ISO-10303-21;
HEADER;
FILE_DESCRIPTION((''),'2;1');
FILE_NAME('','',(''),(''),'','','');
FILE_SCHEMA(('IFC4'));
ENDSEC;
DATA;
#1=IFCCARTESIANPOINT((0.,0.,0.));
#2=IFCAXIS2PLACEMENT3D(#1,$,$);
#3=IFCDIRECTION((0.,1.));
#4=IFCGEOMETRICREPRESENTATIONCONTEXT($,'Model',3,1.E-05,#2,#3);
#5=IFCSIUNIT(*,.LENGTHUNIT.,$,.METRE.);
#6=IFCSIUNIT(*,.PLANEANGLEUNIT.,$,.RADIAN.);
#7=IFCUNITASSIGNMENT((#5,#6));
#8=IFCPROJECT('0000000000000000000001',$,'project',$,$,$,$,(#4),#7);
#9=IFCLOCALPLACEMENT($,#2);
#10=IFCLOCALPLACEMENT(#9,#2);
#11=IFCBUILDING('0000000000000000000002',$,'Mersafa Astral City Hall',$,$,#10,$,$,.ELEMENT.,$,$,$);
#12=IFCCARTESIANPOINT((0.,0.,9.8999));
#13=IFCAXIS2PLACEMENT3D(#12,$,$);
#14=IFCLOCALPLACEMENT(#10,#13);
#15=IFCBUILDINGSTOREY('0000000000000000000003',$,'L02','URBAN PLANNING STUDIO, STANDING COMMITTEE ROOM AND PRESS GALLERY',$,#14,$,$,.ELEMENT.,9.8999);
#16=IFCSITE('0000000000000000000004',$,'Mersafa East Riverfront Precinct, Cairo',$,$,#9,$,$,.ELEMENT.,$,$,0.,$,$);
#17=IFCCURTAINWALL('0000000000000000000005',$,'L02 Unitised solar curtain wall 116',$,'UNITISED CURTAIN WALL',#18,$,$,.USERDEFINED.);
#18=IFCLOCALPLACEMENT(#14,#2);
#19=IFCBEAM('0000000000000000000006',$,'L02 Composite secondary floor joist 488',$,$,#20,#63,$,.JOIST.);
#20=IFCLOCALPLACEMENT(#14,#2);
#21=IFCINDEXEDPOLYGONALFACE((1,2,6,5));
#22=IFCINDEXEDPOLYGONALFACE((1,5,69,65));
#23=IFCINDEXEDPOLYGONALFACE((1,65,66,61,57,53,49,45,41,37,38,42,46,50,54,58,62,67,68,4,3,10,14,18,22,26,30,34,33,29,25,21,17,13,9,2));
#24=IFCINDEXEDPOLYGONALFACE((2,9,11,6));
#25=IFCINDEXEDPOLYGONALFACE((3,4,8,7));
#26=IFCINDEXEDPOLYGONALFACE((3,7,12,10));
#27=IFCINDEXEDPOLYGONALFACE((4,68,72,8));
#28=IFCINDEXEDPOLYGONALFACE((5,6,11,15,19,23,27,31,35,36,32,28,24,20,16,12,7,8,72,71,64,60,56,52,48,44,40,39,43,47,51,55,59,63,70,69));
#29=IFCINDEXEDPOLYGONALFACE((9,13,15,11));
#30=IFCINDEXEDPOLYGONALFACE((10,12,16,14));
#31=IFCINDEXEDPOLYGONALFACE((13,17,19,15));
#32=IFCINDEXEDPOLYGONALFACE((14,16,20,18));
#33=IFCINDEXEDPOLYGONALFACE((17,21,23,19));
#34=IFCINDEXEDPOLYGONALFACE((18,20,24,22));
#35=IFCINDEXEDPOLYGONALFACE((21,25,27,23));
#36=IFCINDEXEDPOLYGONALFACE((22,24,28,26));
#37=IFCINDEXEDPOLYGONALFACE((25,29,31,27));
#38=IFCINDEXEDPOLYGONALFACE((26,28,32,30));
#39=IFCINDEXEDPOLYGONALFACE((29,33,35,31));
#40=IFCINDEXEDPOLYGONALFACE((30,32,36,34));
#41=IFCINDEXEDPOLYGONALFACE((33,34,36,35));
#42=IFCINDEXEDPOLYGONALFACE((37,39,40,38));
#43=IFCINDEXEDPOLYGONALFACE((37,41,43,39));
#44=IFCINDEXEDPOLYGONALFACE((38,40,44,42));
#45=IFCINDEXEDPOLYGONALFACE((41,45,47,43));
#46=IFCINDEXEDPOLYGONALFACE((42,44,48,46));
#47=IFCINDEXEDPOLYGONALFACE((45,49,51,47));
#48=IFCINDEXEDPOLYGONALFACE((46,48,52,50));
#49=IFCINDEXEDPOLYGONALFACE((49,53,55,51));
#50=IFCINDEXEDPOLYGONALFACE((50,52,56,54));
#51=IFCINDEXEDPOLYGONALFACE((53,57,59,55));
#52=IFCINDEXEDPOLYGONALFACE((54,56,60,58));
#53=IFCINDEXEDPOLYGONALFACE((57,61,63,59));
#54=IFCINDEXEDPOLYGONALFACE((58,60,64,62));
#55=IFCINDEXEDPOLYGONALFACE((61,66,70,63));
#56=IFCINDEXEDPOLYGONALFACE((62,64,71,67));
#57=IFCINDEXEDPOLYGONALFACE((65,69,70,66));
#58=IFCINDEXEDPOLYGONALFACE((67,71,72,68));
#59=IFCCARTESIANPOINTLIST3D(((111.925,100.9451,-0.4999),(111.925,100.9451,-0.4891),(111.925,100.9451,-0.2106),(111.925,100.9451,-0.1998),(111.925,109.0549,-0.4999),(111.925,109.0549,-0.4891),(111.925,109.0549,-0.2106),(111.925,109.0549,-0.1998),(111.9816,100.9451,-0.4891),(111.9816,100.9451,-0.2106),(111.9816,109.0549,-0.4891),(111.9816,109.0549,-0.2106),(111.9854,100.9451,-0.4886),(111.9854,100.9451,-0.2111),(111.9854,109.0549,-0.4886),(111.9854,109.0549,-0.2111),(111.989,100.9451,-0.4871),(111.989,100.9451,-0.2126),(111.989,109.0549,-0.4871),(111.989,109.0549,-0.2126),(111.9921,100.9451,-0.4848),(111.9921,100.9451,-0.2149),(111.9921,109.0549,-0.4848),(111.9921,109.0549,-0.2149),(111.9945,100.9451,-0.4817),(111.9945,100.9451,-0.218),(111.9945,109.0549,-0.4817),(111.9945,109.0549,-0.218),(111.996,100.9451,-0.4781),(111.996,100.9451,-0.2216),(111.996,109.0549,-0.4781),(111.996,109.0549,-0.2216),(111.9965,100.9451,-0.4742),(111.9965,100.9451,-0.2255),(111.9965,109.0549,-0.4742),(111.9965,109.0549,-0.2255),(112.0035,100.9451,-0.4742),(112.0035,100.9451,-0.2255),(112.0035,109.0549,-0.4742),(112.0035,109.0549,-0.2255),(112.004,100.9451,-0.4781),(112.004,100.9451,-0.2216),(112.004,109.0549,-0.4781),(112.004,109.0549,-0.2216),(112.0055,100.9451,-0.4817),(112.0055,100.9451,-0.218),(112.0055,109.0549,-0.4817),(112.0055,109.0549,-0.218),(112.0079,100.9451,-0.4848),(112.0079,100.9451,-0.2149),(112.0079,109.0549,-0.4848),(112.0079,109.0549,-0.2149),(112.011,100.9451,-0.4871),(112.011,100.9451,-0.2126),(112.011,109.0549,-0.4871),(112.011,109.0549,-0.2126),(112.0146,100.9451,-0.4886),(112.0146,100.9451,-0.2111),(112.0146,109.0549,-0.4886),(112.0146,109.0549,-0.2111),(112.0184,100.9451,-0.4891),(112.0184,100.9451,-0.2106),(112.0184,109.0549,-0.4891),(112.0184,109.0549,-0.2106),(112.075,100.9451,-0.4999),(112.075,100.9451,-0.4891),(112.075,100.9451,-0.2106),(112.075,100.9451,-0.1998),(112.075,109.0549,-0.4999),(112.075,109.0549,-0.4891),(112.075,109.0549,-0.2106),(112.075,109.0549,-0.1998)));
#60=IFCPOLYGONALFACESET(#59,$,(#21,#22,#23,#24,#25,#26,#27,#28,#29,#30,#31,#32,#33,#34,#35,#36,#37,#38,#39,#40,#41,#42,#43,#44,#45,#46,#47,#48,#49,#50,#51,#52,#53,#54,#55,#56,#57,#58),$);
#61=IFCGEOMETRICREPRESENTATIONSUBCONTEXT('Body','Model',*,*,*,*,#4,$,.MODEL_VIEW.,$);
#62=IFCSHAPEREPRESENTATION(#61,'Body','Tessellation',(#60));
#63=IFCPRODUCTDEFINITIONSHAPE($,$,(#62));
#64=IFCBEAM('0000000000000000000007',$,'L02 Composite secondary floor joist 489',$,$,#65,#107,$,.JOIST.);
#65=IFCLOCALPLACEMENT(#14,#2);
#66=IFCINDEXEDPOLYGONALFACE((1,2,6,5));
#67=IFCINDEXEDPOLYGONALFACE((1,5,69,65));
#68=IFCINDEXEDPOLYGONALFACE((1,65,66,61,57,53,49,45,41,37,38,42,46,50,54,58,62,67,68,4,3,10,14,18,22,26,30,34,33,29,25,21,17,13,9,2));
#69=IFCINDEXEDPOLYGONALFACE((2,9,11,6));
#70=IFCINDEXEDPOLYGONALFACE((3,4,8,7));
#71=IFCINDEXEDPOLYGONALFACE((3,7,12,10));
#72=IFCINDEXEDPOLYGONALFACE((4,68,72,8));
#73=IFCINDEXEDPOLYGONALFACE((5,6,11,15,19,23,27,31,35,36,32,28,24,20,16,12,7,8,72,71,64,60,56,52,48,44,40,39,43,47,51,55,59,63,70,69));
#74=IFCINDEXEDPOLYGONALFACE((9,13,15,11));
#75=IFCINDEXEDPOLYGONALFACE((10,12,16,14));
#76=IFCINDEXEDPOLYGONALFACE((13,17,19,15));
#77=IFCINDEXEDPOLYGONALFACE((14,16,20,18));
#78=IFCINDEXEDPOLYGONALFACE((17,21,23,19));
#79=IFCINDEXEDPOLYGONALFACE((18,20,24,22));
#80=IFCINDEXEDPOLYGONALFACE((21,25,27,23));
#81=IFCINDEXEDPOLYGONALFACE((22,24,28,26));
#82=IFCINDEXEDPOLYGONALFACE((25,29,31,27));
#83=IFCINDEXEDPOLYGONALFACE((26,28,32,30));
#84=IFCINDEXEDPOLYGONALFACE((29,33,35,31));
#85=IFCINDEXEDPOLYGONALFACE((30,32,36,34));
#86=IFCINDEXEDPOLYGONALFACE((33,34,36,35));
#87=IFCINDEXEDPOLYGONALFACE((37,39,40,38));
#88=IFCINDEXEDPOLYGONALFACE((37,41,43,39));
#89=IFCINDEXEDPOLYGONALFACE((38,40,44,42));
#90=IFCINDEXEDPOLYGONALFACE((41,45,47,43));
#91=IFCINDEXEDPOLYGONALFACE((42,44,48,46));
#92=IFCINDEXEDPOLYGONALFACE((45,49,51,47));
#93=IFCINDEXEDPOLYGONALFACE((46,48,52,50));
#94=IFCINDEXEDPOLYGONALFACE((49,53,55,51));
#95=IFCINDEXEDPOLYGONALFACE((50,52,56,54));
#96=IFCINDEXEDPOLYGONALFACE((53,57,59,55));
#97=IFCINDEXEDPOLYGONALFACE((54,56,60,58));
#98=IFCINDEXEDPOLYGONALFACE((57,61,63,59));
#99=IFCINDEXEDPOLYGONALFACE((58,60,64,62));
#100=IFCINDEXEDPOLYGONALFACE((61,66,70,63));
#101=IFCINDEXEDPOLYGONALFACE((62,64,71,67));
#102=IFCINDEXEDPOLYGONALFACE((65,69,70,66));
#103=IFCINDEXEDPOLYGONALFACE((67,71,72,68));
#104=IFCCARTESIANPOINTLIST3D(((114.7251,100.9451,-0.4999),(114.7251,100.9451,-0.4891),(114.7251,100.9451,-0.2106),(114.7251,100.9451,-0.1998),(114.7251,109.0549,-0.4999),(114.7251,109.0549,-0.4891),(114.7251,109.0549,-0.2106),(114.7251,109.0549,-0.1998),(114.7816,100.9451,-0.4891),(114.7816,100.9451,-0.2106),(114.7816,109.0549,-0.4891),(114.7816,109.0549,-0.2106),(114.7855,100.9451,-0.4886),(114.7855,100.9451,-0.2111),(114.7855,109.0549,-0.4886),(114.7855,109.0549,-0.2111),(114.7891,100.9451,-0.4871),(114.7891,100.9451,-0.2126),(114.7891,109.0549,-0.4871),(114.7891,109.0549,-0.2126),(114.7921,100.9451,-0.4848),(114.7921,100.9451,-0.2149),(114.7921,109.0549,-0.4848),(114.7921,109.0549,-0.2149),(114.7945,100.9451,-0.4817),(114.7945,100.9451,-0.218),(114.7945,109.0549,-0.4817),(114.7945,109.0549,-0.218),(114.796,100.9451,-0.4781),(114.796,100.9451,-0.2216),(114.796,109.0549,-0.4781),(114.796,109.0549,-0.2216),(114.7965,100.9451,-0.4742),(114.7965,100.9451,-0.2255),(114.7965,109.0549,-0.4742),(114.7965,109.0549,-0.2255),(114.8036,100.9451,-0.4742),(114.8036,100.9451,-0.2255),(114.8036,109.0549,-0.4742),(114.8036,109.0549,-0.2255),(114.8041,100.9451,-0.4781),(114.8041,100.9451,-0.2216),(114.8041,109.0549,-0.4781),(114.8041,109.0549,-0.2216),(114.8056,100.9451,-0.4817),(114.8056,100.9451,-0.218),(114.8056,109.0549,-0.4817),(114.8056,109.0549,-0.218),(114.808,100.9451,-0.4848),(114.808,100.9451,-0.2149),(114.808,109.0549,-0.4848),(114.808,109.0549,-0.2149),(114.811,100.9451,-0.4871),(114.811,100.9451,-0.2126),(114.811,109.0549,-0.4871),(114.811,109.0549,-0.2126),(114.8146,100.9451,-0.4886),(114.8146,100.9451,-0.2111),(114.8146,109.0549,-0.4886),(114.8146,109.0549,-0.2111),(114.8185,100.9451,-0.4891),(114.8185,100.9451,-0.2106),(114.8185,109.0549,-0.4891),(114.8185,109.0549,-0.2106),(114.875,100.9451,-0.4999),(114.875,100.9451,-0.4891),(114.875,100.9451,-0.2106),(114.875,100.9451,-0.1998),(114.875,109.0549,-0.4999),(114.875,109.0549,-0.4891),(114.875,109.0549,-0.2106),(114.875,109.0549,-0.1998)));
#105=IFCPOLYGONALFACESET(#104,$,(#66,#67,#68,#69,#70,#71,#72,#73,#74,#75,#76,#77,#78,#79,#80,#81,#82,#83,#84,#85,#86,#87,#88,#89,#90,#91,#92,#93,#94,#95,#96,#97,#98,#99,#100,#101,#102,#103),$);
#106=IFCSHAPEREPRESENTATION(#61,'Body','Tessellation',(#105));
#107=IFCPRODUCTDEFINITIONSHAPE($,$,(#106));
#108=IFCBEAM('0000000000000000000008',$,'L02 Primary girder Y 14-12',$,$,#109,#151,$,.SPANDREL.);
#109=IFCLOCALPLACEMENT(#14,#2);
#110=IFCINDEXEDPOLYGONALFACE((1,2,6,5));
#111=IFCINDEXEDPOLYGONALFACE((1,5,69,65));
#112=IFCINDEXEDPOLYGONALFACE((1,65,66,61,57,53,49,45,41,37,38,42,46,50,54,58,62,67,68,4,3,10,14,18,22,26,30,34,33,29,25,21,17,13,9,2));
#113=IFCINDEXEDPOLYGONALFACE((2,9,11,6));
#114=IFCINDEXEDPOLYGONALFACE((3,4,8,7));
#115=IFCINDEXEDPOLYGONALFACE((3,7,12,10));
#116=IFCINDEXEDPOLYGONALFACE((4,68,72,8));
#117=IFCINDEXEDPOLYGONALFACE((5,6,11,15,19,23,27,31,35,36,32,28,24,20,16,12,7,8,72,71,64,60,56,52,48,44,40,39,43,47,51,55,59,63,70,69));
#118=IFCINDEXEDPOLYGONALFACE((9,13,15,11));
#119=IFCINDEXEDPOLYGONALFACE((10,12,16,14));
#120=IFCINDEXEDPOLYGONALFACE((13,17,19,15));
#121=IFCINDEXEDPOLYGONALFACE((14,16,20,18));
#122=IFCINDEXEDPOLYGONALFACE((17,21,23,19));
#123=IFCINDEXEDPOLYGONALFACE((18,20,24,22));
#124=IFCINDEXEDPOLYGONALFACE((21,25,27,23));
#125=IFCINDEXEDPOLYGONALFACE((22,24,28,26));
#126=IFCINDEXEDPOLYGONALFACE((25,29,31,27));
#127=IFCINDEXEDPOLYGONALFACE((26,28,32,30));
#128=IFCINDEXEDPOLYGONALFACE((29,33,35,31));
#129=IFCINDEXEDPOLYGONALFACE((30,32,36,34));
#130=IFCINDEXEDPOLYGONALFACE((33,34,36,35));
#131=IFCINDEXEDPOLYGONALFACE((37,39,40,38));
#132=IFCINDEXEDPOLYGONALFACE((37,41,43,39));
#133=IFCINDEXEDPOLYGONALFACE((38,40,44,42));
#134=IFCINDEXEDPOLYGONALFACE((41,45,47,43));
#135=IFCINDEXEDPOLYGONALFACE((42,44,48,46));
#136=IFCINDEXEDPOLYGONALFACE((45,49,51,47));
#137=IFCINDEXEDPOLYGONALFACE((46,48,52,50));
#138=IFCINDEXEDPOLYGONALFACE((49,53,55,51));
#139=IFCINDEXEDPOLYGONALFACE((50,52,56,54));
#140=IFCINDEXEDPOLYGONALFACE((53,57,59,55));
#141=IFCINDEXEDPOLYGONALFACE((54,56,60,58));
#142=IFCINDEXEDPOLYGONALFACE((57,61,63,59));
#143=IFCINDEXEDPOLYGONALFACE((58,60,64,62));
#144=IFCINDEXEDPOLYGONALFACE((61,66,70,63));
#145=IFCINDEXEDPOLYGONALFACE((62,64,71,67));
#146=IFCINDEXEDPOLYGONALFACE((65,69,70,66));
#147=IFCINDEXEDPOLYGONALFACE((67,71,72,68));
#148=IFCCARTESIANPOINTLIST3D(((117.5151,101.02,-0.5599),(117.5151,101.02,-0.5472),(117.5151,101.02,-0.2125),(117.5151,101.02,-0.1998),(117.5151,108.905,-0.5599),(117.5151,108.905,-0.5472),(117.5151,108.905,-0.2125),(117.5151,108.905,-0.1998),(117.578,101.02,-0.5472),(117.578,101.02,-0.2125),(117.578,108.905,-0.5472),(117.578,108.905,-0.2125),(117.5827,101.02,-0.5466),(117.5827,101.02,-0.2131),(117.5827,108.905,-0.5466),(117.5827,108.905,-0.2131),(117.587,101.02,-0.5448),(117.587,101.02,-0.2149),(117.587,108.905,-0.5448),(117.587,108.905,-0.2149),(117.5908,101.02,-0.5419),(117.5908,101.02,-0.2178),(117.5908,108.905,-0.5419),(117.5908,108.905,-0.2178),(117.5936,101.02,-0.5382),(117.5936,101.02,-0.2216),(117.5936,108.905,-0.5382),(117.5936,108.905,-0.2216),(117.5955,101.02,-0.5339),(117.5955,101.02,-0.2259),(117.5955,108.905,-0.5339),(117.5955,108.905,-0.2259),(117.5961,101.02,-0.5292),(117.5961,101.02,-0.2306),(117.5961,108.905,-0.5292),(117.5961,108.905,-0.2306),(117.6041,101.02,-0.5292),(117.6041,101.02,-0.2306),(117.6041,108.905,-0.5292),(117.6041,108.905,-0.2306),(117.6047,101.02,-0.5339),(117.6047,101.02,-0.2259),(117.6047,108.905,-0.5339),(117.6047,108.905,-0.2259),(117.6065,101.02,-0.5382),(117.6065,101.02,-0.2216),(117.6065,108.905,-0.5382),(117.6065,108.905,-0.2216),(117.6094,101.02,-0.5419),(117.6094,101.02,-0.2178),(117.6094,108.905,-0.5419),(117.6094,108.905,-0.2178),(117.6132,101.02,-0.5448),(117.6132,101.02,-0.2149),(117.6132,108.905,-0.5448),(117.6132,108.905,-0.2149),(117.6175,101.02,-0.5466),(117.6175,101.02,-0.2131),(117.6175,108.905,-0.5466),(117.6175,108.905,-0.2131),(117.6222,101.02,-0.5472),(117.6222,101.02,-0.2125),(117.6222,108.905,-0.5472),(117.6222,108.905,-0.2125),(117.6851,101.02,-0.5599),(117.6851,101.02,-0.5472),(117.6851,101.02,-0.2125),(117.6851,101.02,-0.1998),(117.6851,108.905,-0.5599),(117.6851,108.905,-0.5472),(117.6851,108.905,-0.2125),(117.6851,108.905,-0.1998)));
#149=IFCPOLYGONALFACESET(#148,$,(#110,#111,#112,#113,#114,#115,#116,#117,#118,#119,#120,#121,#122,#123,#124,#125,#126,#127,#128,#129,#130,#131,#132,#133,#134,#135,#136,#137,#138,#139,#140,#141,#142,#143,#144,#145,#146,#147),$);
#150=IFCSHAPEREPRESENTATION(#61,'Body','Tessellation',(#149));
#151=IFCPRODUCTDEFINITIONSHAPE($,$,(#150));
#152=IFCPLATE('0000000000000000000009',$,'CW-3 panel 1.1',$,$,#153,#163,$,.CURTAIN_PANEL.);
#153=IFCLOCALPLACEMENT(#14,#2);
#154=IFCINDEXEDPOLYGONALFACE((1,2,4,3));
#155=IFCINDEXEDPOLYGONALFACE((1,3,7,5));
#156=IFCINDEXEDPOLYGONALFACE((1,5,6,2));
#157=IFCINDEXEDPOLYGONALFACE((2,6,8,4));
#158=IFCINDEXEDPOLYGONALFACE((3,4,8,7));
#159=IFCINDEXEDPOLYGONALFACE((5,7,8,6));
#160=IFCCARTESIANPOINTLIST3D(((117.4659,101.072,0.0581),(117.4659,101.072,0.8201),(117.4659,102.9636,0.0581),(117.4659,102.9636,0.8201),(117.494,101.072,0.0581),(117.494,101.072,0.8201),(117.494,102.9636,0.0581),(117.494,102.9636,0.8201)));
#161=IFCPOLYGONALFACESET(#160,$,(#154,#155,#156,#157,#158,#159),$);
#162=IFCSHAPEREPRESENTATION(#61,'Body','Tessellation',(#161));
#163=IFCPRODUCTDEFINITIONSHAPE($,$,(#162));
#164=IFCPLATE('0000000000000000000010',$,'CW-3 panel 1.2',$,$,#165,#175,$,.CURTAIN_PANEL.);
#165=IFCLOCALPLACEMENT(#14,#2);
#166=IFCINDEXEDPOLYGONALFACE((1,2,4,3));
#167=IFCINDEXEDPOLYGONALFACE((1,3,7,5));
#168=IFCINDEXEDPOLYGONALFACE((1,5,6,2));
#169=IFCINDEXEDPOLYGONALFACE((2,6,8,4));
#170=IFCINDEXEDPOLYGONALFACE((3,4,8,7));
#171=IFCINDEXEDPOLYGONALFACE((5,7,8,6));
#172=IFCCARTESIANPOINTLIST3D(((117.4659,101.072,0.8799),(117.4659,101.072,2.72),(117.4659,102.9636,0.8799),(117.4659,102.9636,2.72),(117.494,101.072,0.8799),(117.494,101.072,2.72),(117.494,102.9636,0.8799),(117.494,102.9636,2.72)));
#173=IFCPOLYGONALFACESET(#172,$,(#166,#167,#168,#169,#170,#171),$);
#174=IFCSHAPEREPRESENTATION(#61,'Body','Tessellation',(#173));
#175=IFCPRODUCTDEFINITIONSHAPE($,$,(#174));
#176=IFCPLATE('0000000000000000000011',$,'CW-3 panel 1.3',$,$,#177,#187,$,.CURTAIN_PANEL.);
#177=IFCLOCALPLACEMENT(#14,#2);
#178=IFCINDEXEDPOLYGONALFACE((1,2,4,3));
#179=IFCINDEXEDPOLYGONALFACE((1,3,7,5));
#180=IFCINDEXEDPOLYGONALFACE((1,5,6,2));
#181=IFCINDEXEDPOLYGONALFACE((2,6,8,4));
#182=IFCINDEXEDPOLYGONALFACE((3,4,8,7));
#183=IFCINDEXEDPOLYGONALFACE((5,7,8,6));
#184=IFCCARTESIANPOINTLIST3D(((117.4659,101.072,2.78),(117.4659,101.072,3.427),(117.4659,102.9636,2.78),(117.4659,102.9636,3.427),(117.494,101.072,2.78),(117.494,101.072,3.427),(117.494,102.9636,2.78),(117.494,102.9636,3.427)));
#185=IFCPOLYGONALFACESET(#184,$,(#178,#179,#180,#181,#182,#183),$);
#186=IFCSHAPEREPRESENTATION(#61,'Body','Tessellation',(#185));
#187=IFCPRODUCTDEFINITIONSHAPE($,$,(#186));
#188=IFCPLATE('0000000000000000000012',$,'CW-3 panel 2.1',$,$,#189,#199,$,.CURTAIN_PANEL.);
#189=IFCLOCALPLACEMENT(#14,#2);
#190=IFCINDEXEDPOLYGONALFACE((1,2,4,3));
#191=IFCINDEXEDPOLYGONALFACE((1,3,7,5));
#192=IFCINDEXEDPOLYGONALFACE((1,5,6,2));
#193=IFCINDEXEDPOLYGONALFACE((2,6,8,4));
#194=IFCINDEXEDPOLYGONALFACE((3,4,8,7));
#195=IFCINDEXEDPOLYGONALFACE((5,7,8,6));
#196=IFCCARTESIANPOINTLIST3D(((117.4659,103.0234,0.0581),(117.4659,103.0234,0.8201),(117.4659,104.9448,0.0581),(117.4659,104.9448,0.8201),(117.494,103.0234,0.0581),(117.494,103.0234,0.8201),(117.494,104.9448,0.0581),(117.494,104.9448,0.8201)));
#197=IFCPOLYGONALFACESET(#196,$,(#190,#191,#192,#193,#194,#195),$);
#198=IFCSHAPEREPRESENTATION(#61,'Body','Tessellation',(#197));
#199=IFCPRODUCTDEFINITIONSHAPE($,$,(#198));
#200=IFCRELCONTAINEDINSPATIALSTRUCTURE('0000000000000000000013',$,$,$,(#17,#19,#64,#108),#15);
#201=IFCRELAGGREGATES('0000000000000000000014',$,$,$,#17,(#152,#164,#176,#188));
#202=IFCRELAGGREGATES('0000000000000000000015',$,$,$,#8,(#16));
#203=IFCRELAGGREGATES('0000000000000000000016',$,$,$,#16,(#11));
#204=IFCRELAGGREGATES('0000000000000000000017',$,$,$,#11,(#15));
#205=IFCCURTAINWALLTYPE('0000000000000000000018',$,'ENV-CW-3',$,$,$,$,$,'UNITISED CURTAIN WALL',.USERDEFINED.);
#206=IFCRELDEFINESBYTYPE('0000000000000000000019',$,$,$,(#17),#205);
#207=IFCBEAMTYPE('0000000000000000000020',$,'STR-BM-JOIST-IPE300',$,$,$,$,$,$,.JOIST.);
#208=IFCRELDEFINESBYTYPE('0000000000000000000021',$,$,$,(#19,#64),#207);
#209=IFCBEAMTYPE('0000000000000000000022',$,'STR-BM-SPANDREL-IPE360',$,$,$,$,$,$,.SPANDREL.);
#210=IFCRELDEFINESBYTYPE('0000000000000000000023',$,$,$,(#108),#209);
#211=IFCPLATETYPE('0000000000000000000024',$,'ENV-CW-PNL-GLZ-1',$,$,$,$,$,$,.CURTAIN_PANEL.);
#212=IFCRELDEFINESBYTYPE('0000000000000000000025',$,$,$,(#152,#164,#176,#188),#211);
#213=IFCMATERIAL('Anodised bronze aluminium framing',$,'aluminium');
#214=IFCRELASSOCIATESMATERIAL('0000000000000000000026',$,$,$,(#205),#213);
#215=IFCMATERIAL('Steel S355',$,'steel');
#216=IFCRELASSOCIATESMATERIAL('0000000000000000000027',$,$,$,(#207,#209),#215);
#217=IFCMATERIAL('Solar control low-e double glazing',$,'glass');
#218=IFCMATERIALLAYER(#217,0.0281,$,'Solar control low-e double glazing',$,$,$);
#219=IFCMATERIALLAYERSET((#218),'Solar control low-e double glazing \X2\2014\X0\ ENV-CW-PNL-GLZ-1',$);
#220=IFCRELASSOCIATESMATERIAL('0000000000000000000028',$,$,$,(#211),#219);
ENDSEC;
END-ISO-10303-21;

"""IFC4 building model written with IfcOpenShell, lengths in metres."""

from ifc_helpers import new_model, si_unit, direction, frame, origin, origin_2d, place, context, subcontext, project, spatial, rectangle, i_section, extrude, material, layer, layer_set, material_profile, profile_set, type_object, element, aggregate, save


model = new_model("IFC4")

# Units and contexts
model_context = context("Model", 3, precision=1e-05, world=origin(), true_north=direction((0.0, 1.0)))
body_context = subcontext(model_context, "Body", "Model", "MODEL_VIEW")
ifc_project = project(units=[si_unit("LENGTHUNIT", "METRE"), si_unit("PLANEANGLEUNIT", "RADIAN")], contexts=[model_context])

# Site, building, storey
site_placement = place(None, origin())
site = spatial("IfcSite", under=ifc_project, at=site_placement, Name="Mersafa East Riverfront Precinct, Cairo", CompositionType="ELEMENT", RefElevation=0.0)
building_placement = place(site_placement, origin())
building = spatial("IfcBuilding", under=site, at=building_placement, Name="Mersafa Astral City Hall", CompositionType="ELEMENT")
storey_placement = place(building_placement, frame((0.0, 0.0, 9.8999)))
storey = spatial("IfcBuildingStorey", under=building, at=storey_placement, Name="L02", Description="URBAN PLANNING STUDIO, STANDING COMMITTEE ROOM AND PRESS GALLERY", CompositionType="ELEMENT", Elevation=9.8999)

# Shared definitions
ifc_material_1 = material(Name="Steel S355", Category="steel")

# Curtain wall
ifc_material_2 = material(Name="Anodised bronze aluminium framing", Category="aluminium")
curtain_wall_type = type_object("IfcCurtainWallType", Name="ENV-CW-3", ElementType="UNITISED CURTAIN WALL", PredefinedType="USERDEFINED", material=ifc_material_2)
curtain_wall_placement = place(storey_placement, origin())
curtain_wall = element("IfcCurtainWall", 1, at=curtain_wall_placement, inside=storey, type_object=curtain_wall_type, Name="L02 Unitised solar curtain wall 116", ObjectType="UNITISED CURTAIN WALL", PredefinedType="USERDEFINED")

# Beams
ifc_material_profile_1 = material_profile(ifc_material_1, i_section(OverallWidth=0.1499, OverallDepth=0.3, WebThickness=0.0071, FlangeThickness=0.0107, FilletRadius=0.0149, at=origin_2d()), Name="IPE 300")
ifc_profile_set_1 = profile_set([ifc_material_profile_1], Name="Steel S355")
beam_type_1 = type_object("IfcBeamType", Name="STR-BM-JOIST-IPE300", PredefinedType="JOIST", material=ifc_profile_set_1)
for number, where, z_axis, x_axis, name in (
    (2, (112.0, 100.9451, -0.3499), (0.0, 1.0, 0.0), (-1.0, 0.0, 0.0), "L02 Composite secondary floor joist 488"),
    (3, (114.8, 100.9451, -0.3499), (0.0, 1.0, 0.0), (-1.0, 0.0, 0.0), "L02 Composite secondary floor joist 489"),
):
    element("IfcBeam", number, at=place(storey_placement, frame(where, z_axis=z_axis, x_axis=x_axis)), inside=storey, type_object=beam_type_1, Name=name, PredefinedType="JOIST", context=body_context, shape_type="SweptSolid", body=[
        extrude(i_section(OverallWidth=0.1499, OverallDepth=0.3, WebThickness=0.0071, FlangeThickness=0.0107, FilletRadius=0.0149, at=origin_2d()), origin(), (0.0, 0.0, 1.0), 8.1099),
    ])
ifc_material_profile_2 = material_profile(ifc_material_1, i_section(OverallWidth=0.1699, OverallDepth=0.3601, WebThickness=0.0081, FlangeThickness=0.0127, FilletRadius=0.0181, at=origin_2d()), Name="IPE 360")
ifc_profile_set_2 = profile_set([ifc_material_profile_2], Name="Steel S355")
beam_type_2 = type_object("IfcBeamType", Name="STR-BM-SPANDREL-IPE360", PredefinedType="SPANDREL", material=ifc_profile_set_2)
beam_1_placement = place(storey_placement, frame((117.6001, 101.02, -0.3799), z_axis=(0.0, 1.0, 0.0), x_axis=(-1.0, 0.0, 0.0)))
element("IfcBeam", 4, at=beam_1_placement, inside=storey, type_object=beam_type_2, Name="L02 Primary girder Y 14-12", PredefinedType="SPANDREL", context=body_context, shape_type="SweptSolid", body=[
    extrude(i_section(OverallWidth=0.1699, OverallDepth=0.3601, WebThickness=0.0081, FlangeThickness=0.0127, FilletRadius=0.0181, at=origin_2d()), origin(), (0.0, 0.0, 1.0), 7.885),
])

# Plates
ifc_material_3 = material(Name="Solar control low-e double glazing", Category="glass")
ifc_layer = layer(ifc_material_3, 0.0281, Name="Solar control low-e double glazing")
ifc_layer_set = layer_set([ifc_layer], Name="Solar control low-e double glazing — ENV-CW-PNL-GLZ-1")
plate_type = type_object("IfcPlateType", Name="ENV-CW-PNL-GLZ-1", PredefinedType="CURTAIN_PANEL", material=ifc_layer_set)
plate_1_placement = place(storey_placement, frame((117.48, 102.0178, 0.0581), z_axis=(0.0, 0.0, 1.0), x_axis=(0.0, 1.0, 0.0)))
plate_1 = element("IfcPlate", 5, at=plate_1_placement, type_object=plate_type, Name="CW-3 panel 1.1", PredefinedType="CURTAIN_PANEL", context=body_context, shape_type="SweptSolid", body=[
    extrude(rectangle(XDim=1.8916, YDim=0.0281, at=origin_2d()), origin(), (0.0, 0.0, 1.0), 0.762),
])
plate_2_placement = place(storey_placement, frame((117.48, 102.0178, 0.8799), z_axis=(0.0, 0.0, 1.0), x_axis=(0.0, 1.0, 0.0)))
plate_2 = element("IfcPlate", 6, at=plate_2_placement, type_object=plate_type, Name="CW-3 panel 1.2", PredefinedType="CURTAIN_PANEL", context=body_context, shape_type="SweptSolid", body=[
    extrude(rectangle(XDim=1.8916, YDim=0.0281, at=origin_2d()), origin(), (0.0, 0.0, 1.0), 1.8401),
])
plate_3_placement = place(storey_placement, frame((117.48, 102.0178, 2.78), z_axis=(0.0, 0.0, 1.0), x_axis=(0.0, 1.0, 0.0)))
plate_3 = element("IfcPlate", 7, at=plate_3_placement, type_object=plate_type, Name="CW-3 panel 1.3", PredefinedType="CURTAIN_PANEL", context=body_context, shape_type="SweptSolid", body=[
    extrude(rectangle(XDim=1.8916, YDim=0.0281, at=origin_2d()), origin(), (0.0, 0.0, 1.0), 0.647),
])
plate_4_placement = place(storey_placement, frame((117.48, 103.9841, 0.0581), z_axis=(0.0, 0.0, 1.0), x_axis=(0.0, 1.0, 0.0)))
plate_4 = element("IfcPlate", 8, at=plate_4_placement, type_object=plate_type, Name="CW-3 panel 2.1", PredefinedType="CURTAIN_PANEL", context=body_context, shape_type="SweptSolid", body=[
    extrude(rectangle(XDim=1.9214, YDim=0.0281, at=origin_2d()), origin(), (0.0, 0.0, 1.0), 0.762),
])
aggregate(curtain_wall, [plate_1, plate_2, plate_3, plate_4])

save(model, "model.ifc")
